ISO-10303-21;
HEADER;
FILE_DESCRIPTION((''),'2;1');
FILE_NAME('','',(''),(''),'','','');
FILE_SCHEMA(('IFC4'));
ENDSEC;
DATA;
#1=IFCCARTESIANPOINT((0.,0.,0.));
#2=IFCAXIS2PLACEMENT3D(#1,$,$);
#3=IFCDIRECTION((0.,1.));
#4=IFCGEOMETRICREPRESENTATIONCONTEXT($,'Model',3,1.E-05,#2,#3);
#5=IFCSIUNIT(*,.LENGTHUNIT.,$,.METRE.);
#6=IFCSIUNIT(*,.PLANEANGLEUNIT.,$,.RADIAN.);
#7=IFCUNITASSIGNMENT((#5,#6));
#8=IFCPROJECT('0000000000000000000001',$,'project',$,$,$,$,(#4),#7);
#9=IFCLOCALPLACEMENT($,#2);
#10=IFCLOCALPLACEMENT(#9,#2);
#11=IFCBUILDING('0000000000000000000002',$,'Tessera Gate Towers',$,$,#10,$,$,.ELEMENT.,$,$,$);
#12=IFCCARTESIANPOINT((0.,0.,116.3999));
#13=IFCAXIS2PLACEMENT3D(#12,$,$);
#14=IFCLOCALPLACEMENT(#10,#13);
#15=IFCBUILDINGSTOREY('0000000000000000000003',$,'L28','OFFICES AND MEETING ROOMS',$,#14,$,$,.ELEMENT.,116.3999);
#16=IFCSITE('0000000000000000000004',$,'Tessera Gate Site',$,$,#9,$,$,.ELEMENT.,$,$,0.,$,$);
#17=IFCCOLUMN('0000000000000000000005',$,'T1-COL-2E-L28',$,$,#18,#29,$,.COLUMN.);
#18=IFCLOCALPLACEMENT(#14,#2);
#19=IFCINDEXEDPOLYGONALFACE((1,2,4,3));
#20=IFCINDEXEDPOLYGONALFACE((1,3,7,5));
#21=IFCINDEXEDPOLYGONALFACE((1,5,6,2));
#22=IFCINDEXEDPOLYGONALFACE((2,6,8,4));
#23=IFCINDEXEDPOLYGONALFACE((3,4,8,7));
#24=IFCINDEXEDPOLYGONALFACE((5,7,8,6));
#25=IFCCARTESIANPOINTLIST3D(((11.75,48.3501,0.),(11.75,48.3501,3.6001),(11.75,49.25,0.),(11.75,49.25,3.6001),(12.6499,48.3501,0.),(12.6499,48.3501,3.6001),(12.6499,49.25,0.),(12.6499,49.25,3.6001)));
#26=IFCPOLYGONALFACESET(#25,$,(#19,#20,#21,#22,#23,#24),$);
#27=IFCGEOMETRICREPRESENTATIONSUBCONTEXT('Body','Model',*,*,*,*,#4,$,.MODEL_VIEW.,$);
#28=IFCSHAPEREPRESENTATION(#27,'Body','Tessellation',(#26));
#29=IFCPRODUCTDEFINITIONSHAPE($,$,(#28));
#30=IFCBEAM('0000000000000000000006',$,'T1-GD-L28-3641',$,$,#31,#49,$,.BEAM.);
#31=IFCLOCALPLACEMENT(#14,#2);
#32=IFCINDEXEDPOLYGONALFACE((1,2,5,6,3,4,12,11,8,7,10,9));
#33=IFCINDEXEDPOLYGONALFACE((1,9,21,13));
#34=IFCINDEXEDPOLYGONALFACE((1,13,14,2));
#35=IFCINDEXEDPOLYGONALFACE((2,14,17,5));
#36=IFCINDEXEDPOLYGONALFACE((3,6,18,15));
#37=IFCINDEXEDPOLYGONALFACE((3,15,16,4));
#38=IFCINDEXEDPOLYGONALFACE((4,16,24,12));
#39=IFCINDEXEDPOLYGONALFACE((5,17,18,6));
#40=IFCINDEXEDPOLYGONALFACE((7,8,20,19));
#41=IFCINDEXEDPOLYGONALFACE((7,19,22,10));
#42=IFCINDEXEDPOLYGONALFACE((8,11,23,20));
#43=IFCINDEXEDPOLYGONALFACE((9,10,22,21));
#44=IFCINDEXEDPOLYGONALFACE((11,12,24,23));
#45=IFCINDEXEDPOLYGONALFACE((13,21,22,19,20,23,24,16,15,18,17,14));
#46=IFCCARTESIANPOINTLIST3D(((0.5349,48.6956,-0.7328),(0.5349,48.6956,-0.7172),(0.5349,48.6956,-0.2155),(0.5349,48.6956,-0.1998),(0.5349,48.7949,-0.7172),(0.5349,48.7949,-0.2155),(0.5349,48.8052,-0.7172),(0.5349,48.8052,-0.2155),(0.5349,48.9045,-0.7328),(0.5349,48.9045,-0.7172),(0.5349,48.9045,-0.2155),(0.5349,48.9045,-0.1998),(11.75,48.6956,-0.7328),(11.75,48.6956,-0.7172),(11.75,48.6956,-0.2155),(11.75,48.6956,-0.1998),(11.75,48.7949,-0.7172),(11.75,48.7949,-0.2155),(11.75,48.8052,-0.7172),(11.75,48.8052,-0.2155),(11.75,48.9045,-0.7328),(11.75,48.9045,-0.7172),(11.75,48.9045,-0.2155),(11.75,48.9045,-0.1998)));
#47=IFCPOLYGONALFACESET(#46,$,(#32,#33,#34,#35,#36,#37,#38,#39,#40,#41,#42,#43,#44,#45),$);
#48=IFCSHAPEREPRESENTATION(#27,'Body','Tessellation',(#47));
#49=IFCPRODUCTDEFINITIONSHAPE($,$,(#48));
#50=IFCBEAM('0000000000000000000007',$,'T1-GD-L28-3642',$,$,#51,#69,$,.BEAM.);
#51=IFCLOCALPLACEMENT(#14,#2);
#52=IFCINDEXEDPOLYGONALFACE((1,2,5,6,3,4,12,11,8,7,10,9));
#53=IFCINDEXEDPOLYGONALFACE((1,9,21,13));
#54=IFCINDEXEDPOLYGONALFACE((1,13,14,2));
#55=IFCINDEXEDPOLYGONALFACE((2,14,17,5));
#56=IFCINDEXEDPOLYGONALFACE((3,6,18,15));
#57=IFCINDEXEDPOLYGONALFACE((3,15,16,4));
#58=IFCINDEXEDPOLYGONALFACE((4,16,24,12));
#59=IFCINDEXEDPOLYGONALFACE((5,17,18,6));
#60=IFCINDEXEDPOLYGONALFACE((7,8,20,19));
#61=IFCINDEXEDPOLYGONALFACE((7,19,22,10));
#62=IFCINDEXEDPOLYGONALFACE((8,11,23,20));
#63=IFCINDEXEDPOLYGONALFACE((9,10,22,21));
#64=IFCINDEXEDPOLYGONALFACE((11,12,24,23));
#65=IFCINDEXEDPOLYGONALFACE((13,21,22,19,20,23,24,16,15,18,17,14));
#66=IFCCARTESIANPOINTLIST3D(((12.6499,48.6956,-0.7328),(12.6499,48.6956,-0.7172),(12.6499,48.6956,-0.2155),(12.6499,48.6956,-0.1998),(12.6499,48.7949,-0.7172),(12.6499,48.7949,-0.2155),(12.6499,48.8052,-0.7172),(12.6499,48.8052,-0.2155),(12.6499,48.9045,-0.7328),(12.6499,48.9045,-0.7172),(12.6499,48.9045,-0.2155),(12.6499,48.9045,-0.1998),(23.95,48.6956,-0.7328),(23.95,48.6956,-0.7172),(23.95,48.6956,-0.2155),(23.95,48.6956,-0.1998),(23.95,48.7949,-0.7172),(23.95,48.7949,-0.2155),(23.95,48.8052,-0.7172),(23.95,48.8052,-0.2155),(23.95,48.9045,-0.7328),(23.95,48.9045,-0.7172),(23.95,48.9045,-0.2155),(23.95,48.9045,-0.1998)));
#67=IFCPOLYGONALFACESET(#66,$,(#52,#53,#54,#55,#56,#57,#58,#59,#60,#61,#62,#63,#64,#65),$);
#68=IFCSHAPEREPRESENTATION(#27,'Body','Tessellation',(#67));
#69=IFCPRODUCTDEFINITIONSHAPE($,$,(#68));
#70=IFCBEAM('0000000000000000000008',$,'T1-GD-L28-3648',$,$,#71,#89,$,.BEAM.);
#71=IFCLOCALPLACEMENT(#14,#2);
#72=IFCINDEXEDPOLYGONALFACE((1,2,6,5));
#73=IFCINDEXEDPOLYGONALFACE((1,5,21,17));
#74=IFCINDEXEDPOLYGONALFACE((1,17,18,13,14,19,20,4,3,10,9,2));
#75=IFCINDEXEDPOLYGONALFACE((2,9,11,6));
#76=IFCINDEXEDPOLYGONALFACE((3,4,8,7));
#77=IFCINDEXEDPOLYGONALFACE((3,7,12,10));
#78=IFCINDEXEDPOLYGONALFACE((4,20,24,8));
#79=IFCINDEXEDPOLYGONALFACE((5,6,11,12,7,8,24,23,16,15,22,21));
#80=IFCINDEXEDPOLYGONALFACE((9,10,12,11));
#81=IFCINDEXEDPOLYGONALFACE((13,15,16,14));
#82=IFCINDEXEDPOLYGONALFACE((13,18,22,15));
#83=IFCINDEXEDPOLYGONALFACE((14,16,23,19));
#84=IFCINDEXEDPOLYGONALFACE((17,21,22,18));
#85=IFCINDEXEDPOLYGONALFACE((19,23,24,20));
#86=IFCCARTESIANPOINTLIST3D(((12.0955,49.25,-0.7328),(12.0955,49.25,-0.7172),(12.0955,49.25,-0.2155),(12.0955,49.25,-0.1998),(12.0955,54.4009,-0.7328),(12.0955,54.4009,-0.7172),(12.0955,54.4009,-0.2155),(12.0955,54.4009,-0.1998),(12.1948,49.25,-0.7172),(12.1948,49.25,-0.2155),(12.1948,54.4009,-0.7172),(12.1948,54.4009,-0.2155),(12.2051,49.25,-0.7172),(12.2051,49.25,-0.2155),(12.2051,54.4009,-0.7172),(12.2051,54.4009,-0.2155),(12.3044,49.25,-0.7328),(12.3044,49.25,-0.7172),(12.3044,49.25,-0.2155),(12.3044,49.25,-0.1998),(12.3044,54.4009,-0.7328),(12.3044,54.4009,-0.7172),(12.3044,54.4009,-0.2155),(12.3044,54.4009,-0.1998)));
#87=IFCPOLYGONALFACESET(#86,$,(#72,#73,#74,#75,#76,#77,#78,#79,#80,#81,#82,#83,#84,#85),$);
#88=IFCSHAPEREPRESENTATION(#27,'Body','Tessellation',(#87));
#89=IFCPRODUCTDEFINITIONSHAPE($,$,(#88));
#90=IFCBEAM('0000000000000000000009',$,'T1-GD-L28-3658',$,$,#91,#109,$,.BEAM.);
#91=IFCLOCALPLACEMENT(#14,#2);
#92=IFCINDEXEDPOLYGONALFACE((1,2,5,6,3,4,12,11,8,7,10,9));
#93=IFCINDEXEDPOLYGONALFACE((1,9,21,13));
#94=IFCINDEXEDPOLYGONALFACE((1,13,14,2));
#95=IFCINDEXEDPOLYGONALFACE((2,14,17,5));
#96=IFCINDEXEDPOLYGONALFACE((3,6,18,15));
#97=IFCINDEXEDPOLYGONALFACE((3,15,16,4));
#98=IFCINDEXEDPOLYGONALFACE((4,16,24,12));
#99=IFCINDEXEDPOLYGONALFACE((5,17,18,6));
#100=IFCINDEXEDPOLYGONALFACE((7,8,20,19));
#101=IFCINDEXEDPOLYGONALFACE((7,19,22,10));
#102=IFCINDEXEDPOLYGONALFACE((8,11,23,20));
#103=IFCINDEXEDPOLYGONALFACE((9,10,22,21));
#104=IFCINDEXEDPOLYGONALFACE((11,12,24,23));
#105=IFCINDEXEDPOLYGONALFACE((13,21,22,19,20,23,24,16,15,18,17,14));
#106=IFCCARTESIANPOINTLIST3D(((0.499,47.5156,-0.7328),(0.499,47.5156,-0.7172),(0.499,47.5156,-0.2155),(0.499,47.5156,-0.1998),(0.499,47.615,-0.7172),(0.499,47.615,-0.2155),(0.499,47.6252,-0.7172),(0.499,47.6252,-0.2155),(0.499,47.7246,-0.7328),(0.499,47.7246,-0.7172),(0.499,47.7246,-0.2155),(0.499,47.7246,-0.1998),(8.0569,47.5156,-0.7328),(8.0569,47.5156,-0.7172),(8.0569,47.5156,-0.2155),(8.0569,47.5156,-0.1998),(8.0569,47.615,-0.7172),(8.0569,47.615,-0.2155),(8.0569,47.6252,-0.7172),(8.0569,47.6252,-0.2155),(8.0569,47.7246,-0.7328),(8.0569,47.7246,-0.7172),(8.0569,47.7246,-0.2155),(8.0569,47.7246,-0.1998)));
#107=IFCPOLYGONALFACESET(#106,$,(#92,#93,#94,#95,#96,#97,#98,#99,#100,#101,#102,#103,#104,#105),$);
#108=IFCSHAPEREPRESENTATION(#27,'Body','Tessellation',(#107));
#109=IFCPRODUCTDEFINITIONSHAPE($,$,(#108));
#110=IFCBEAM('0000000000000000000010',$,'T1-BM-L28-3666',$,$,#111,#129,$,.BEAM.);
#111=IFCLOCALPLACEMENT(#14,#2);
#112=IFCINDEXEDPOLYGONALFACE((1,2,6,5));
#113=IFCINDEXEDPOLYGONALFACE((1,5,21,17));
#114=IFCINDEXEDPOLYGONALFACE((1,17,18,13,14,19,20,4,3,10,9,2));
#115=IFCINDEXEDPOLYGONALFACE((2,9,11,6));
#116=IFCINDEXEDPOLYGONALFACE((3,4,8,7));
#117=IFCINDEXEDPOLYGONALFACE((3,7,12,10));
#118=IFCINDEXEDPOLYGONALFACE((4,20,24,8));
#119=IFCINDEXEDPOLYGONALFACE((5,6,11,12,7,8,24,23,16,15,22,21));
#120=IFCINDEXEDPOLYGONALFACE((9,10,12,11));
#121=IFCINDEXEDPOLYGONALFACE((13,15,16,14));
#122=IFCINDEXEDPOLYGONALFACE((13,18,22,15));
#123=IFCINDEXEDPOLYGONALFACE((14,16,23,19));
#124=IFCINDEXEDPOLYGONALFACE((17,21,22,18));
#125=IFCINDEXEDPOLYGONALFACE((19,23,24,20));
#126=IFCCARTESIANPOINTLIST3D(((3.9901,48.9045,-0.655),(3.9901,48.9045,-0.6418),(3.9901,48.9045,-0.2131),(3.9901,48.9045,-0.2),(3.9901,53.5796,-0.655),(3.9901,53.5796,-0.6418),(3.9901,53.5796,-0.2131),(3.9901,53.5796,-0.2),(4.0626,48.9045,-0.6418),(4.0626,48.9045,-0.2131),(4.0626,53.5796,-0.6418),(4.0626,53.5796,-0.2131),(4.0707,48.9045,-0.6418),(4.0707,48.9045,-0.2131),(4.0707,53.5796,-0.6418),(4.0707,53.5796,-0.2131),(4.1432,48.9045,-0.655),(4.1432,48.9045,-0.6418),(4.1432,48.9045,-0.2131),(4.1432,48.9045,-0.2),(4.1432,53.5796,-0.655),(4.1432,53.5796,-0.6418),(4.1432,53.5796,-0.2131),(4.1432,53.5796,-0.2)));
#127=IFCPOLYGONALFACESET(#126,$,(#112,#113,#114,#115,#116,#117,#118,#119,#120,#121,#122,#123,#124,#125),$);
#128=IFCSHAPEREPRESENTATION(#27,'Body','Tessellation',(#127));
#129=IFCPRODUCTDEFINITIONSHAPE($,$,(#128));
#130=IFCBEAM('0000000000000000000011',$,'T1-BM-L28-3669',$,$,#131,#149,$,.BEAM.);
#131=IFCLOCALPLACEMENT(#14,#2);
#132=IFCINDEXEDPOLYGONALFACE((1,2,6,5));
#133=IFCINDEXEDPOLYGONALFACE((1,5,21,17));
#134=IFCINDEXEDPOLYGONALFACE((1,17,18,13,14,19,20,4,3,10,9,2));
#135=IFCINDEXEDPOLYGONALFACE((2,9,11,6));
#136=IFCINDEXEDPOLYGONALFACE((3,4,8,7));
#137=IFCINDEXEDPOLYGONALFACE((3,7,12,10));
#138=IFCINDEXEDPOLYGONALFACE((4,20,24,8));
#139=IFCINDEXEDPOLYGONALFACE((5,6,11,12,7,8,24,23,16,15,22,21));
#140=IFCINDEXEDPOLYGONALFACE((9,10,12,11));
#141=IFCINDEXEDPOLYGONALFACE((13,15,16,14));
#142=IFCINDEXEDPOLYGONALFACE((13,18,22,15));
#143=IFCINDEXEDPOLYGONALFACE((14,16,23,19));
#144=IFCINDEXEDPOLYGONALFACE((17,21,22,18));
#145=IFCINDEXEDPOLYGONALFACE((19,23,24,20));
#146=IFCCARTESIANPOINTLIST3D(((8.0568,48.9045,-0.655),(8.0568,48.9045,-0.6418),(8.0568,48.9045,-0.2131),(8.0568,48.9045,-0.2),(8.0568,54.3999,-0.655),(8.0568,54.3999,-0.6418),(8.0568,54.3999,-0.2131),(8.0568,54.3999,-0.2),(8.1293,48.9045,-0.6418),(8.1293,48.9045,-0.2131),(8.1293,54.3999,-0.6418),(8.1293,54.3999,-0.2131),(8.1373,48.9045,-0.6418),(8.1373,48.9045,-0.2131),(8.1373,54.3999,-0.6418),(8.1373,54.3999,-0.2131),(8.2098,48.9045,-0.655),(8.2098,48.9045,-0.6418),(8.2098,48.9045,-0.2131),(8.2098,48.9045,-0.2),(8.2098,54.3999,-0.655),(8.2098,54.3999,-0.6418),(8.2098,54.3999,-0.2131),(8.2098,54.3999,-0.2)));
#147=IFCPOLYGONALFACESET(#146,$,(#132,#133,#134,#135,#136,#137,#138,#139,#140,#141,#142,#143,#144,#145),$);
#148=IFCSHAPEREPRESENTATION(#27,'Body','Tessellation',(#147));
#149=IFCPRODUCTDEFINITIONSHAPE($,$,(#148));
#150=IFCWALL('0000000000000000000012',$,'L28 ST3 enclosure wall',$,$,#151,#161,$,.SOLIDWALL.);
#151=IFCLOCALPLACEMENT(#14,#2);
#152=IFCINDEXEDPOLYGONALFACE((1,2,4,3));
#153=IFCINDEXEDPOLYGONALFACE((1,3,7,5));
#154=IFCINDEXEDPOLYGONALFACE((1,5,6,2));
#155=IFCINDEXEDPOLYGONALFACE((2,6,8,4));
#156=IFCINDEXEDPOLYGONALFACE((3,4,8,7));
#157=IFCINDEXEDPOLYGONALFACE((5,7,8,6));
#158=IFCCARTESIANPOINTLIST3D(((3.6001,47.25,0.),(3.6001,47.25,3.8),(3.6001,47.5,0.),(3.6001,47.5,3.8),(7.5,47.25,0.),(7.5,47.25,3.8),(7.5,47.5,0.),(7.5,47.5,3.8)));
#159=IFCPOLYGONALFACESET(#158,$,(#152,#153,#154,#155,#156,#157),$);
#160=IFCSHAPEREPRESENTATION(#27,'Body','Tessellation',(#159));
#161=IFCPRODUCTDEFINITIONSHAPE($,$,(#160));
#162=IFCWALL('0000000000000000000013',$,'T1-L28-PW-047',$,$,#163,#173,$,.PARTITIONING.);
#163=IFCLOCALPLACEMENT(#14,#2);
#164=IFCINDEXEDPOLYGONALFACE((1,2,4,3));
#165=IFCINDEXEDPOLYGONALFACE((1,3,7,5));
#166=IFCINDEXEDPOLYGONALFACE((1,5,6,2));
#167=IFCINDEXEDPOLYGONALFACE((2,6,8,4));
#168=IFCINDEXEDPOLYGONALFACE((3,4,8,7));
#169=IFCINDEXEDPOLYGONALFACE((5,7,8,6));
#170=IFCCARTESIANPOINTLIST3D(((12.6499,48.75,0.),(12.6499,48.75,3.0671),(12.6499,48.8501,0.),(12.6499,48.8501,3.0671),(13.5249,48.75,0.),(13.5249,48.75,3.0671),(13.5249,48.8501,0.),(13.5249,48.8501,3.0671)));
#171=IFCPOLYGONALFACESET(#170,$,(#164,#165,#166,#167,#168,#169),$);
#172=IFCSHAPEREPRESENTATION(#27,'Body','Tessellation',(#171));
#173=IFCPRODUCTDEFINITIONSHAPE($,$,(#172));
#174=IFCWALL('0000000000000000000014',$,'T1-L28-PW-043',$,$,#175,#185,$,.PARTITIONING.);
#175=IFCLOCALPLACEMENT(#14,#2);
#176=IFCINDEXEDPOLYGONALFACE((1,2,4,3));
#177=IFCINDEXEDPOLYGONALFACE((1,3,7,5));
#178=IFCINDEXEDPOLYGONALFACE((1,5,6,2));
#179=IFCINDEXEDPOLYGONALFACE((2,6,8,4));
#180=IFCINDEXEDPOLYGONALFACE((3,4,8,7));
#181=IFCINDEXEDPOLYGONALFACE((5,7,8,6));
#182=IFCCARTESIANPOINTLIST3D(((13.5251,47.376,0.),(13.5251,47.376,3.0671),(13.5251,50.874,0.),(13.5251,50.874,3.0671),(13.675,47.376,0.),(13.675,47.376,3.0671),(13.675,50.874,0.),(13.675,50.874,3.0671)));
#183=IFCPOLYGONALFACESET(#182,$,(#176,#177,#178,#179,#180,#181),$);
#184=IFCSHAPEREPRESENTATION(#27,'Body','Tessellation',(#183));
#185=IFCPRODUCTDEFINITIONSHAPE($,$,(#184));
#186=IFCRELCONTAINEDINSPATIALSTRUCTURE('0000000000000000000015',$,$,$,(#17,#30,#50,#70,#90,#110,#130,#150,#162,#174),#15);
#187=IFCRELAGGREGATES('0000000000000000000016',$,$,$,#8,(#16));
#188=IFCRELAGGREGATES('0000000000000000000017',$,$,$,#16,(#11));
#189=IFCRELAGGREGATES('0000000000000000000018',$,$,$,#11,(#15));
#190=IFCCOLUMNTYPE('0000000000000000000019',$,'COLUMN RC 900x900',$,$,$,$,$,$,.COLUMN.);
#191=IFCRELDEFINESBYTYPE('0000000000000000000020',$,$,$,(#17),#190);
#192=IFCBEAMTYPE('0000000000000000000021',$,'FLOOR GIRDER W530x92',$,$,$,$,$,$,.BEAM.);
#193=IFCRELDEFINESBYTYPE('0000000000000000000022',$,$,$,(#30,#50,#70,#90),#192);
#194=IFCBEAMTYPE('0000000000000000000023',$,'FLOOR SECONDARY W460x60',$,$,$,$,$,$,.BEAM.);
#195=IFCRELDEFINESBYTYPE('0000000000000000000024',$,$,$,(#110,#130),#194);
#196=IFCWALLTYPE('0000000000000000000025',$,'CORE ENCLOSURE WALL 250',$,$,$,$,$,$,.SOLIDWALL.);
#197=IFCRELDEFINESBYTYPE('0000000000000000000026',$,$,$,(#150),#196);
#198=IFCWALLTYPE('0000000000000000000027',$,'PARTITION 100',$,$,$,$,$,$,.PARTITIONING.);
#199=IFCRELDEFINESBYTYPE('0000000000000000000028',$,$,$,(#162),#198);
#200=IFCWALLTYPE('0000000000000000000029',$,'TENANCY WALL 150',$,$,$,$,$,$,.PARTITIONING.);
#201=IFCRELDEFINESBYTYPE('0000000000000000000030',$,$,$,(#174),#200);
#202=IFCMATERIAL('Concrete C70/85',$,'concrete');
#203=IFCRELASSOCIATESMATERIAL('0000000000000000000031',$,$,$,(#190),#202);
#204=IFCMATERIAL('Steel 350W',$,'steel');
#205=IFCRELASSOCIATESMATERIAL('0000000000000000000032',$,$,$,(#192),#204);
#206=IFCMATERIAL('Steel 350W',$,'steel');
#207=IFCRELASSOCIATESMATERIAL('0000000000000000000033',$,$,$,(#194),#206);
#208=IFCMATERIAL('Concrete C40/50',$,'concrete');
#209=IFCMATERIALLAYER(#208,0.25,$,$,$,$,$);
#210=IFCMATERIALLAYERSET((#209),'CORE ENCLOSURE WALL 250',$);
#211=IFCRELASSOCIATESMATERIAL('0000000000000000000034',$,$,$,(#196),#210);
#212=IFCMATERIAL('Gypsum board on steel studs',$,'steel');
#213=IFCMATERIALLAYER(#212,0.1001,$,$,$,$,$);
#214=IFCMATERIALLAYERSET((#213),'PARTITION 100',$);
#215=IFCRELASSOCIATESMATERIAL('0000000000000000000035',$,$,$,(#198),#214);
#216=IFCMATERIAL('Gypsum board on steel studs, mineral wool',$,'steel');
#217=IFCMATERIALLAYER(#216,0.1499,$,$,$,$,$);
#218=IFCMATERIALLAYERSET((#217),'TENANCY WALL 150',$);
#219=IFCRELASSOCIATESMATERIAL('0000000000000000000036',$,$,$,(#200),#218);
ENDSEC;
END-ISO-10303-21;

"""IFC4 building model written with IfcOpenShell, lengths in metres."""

from ifc_helpers import new_model, si_unit, direction, frame, frame_2d, origin, origin_2d, place, context, subcontext, project, spatial, rectangle, i_section, extrude, material, layer, layer_set, material_profile, profile_set, type_object, element, save


model = new_model("IFC4")

# Units and contexts
model_context = context("Model", 3, precision=1e-05, world=origin(), true_north=direction((0.0, 1.0)))
body_context = subcontext(model_context, "Body", "Model", "MODEL_VIEW")
ifc_project = project(units=[si_unit("LENGTHUNIT", "METRE"), si_unit("PLANEANGLEUNIT", "RADIAN")], contexts=[model_context])

# Site, building, storey
site_placement = place(None, origin())
site = spatial("IfcSite", under=ifc_project, at=site_placement, Name="Tessera Gate Site", CompositionType="ELEMENT", RefElevation=0.0)
building_placement = place(site_placement, origin())
building = spatial("IfcBuilding", under=site, at=building_placement, Name="Tessera Gate Towers", CompositionType="ELEMENT")
storey_placement = place(building_placement, frame((0.0, 0.0, 116.3999)))
storey = spatial("IfcBuildingStorey", under=building, at=storey_placement, Name="L28", Description="OFFICES AND MEETING ROOMS", CompositionType="ELEMENT", Elevation=116.3999)

# Column
ifc_material_1 = material(Name="Concrete C70/85", Category="concrete")
ifc_material_profile_1 = material_profile(ifc_material_1, rectangle(XDim=0.8999, YDim=0.8999, at=origin_2d()), Name="RC 900x900")
ifc_profile_set_1 = profile_set([ifc_material_profile_1], Name="Concrete C70/85")
column_type = type_object("IfcColumnType", Name="COLUMN RC 900x900", PredefinedType="COLUMN", material=ifc_profile_set_1)
column_placement = place(storey_placement, frame((12.2, 48.8, 0.0), z_axis=(0.0, 0.0, 1.0), x_axis=(1.0, 0.0, 0.0)))
element("IfcColumn", 1, at=column_placement, inside=storey, type_object=column_type, Name="T1-COL-2E-L28", PredefinedType="COLUMN", context=body_context, shape_type="SweptSolid", body=[
    extrude(rectangle(XDim=0.8999, YDim=0.8999, at=origin_2d()), origin(), (0.0, 0.0, 1.0), 3.6001),
])

# Beams
ifc_material_2 = material(Name="Steel 350W", Category="steel")
ifc_material_profile_2 = material_profile(ifc_material_2, i_section(OverallWidth=0.209, OverallDepth=0.533, WebThickness=0.0103, FlangeThickness=0.0156, at=origin_2d()), Name="W530x92")
ifc_profile_set_2 = profile_set([ifc_material_profile_2], Name="Steel 350W")
beam_type_1 = type_object("IfcBeamType", Name="FLOOR GIRDER W530x92", PredefinedType="BEAM", material=ifc_profile_set_2)
beam_1_placement = place(storey_placement, frame((0.5349, 48.8, -0.4663), z_axis=(1.0, 0.0, 0.0), x_axis=(0.0, 1.0, 0.0)))
element("IfcBeam", 2, at=beam_1_placement, inside=storey, type_object=beam_type_1, Name="T1-GD-L28-3641", PredefinedType="BEAM", context=body_context, shape_type="SweptSolid", body=[
    extrude(i_section(OverallWidth=0.209, OverallDepth=0.533, WebThickness=0.0103, FlangeThickness=0.0156, at=origin_2d()), origin(), (0.0, 0.0, 1.0), 11.2151),
])
beam_2_placement = place(storey_placement, frame((12.6499, 48.8, -0.4663), z_axis=(1.0, 0.0, 0.0), x_axis=(0.0, 1.0, 0.0)))
element("IfcBeam", 3, at=beam_2_placement, inside=storey, type_object=beam_type_1, Name="T1-GD-L28-3642", PredefinedType="BEAM", context=body_context, shape_type="SweptSolid", body=[
    extrude(i_section(OverallWidth=0.209, OverallDepth=0.533, WebThickness=0.0103, FlangeThickness=0.0156, at=origin_2d()), origin(), (0.0, 0.0, 1.0), 11.3),
])
beam_3_placement = place(storey_placement, frame((12.2, 49.25, -0.4663), z_axis=(0.0, 1.0, 0.0), x_axis=(-1.0, 0.0, 0.0)))
element("IfcBeam", 4, at=beam_3_placement, inside=storey, type_object=beam_type_1, Name="T1-GD-L28-3648", PredefinedType="BEAM", context=body_context, shape_type="SweptSolid", body=[
    extrude(i_section(OverallWidth=0.209, OverallDepth=0.533, WebThickness=0.0103, FlangeThickness=0.0156, at=origin_2d()), origin(), (0.0, 0.0, 1.0), 5.1509),
])
beam_4_placement = place(storey_placement, frame((0.499, 47.6201, -0.4663), z_axis=(1.0, 0.0, 0.0), x_axis=(0.0, 1.0, 0.0)))
element("IfcBeam", 5, at=beam_4_placement, inside=storey, type_object=beam_type_1, Name="T1-GD-L28-3658", PredefinedType="BEAM", context=body_context, shape_type="SweptSolid", body=[
    extrude(i_section(OverallWidth=0.209, OverallDepth=0.533, WebThickness=0.0103, FlangeThickness=0.0156, at=origin_2d()), origin(), (0.0, 0.0, 1.0), 7.5579),
])
ifc_material_3 = material(Name="Steel 350W", Category="steel")
ifc_material_profile_3 = material_profile(ifc_material_3, i_section(OverallWidth=0.1531, OverallDepth=0.4551, WebThickness=0.0081, FlangeThickness=0.0132, at=origin_2d()), Name="W460x60")
ifc_profile_set_3 = profile_set([ifc_material_profile_3], Name="Steel 350W")
beam_type_2 = type_object("IfcBeamType", Name="FLOOR SECONDARY W460x60", PredefinedType="BEAM", material=ifc_profile_set_3)
beam_5_placement = place(storey_placement, frame((4.0667, 48.9045, -0.4275), z_axis=(0.0, 1.0, 0.0), x_axis=(-1.0, 0.0, 0.0)))
element("IfcBeam", 6, at=beam_5_placement, inside=storey, type_object=beam_type_2, Name="T1-BM-L28-3666", PredefinedType="BEAM", context=body_context, shape_type="SweptSolid", body=[
    extrude(i_section(OverallWidth=0.1531, OverallDepth=0.4551, WebThickness=0.0081, FlangeThickness=0.0132, at=origin_2d()), origin(), (0.0, 0.0, 1.0), 4.675),
])
beam_6_placement = place(storey_placement, frame((8.1333, 48.9045, -0.4275), z_axis=(0.0, 1.0, 0.0), x_axis=(-1.0, 0.0, 0.0)))
element("IfcBeam", 7, at=beam_6_placement, inside=storey, type_object=beam_type_2, Name="T1-BM-L28-3669", PredefinedType="BEAM", context=body_context, shape_type="SweptSolid", body=[
    extrude(i_section(OverallWidth=0.1531, OverallDepth=0.4551, WebThickness=0.0081, FlangeThickness=0.0132, at=origin_2d()), origin(), (0.0, 0.0, 1.0), 5.4954),
])

# Walls
ifc_material_4 = material(Name="Concrete C40/50", Category="concrete")
ifc_layer_1 = layer(ifc_material_4, 0.25)
ifc_layer_set_1 = layer_set([ifc_layer_1], Name="CORE ENCLOSURE WALL 250")
wall_type_1 = type_object("IfcWallType", Name="CORE ENCLOSURE WALL 250", PredefinedType="SOLIDWALL", material=ifc_layer_set_1)
wall_1_placement = place(storey_placement, frame((3.6001, 47.375, 0.0), z_axis=(0.0, 0.0, 1.0), x_axis=(1.0, 0.0, 0.0)))
element("IfcWall", 8, at=wall_1_placement, inside=storey, type_object=wall_type_1, Name="L28 ST3 enclosure wall", PredefinedType="SOLIDWALL", context=body_context, shape_type="SweptSolid", body=[
    extrude(rectangle(XDim=3.8999, YDim=0.25, at=frame_2d((1.95, 0.0))), origin(), (0.0, 0.0, 1.0), 3.8),
])
ifc_material_5 = material(Name="Gypsum board on steel studs", Category="steel")
ifc_layer_2 = layer(ifc_material_5, 0.1001)
ifc_layer_set_2 = layer_set([ifc_layer_2], Name="PARTITION 100")
wall_type_2 = type_object("IfcWallType", Name="PARTITION 100", PredefinedType="PARTITIONING", material=ifc_layer_set_2)
wall_2_placement = place(storey_placement, frame((12.6499, 48.8, 0.0), z_axis=(0.0, 0.0, 1.0), x_axis=(1.0, 0.0, 0.0)))
element("IfcWall", 9, at=wall_2_placement, inside=storey, type_object=wall_type_2, Name="T1-L28-PW-047", PredefinedType="PARTITIONING", context=body_context, shape_type="SweptSolid", body=[
    extrude(rectangle(XDim=0.875, YDim=0.1001, at=frame_2d((0.4375, 0.0))), origin(), (0.0, 0.0, 1.0), 3.0671),
])
ifc_material_6 = material(Name="Gypsum board on steel studs, mineral wool", Category="steel")
ifc_layer_3 = layer(ifc_material_6, 0.1499)
ifc_layer_set_3 = layer_set([ifc_layer_3], Name="TENANCY WALL 150")
wall_type_3 = type_object("IfcWallType", Name="TENANCY WALL 150", PredefinedType="PARTITIONING", material=ifc_layer_set_3)
wall_3_placement = place(storey_placement, frame((13.6001, 47.376, 0.0), z_axis=(0.0, 0.0, 1.0), x_axis=(0.0, 1.0, 0.0)))
element("IfcWall", 10, at=wall_3_placement, inside=storey, type_object=wall_type_3, Name="T1-L28-PW-043", PredefinedType="PARTITIONING", context=body_context, shape_type="SweptSolid", body=[
    extrude(rectangle(XDim=3.498, YDim=0.1499, at=frame_2d((1.749, 0.0))), origin(), (0.0, 0.0, 1.0), 3.0671),
])

save(model, "model.ifc")
